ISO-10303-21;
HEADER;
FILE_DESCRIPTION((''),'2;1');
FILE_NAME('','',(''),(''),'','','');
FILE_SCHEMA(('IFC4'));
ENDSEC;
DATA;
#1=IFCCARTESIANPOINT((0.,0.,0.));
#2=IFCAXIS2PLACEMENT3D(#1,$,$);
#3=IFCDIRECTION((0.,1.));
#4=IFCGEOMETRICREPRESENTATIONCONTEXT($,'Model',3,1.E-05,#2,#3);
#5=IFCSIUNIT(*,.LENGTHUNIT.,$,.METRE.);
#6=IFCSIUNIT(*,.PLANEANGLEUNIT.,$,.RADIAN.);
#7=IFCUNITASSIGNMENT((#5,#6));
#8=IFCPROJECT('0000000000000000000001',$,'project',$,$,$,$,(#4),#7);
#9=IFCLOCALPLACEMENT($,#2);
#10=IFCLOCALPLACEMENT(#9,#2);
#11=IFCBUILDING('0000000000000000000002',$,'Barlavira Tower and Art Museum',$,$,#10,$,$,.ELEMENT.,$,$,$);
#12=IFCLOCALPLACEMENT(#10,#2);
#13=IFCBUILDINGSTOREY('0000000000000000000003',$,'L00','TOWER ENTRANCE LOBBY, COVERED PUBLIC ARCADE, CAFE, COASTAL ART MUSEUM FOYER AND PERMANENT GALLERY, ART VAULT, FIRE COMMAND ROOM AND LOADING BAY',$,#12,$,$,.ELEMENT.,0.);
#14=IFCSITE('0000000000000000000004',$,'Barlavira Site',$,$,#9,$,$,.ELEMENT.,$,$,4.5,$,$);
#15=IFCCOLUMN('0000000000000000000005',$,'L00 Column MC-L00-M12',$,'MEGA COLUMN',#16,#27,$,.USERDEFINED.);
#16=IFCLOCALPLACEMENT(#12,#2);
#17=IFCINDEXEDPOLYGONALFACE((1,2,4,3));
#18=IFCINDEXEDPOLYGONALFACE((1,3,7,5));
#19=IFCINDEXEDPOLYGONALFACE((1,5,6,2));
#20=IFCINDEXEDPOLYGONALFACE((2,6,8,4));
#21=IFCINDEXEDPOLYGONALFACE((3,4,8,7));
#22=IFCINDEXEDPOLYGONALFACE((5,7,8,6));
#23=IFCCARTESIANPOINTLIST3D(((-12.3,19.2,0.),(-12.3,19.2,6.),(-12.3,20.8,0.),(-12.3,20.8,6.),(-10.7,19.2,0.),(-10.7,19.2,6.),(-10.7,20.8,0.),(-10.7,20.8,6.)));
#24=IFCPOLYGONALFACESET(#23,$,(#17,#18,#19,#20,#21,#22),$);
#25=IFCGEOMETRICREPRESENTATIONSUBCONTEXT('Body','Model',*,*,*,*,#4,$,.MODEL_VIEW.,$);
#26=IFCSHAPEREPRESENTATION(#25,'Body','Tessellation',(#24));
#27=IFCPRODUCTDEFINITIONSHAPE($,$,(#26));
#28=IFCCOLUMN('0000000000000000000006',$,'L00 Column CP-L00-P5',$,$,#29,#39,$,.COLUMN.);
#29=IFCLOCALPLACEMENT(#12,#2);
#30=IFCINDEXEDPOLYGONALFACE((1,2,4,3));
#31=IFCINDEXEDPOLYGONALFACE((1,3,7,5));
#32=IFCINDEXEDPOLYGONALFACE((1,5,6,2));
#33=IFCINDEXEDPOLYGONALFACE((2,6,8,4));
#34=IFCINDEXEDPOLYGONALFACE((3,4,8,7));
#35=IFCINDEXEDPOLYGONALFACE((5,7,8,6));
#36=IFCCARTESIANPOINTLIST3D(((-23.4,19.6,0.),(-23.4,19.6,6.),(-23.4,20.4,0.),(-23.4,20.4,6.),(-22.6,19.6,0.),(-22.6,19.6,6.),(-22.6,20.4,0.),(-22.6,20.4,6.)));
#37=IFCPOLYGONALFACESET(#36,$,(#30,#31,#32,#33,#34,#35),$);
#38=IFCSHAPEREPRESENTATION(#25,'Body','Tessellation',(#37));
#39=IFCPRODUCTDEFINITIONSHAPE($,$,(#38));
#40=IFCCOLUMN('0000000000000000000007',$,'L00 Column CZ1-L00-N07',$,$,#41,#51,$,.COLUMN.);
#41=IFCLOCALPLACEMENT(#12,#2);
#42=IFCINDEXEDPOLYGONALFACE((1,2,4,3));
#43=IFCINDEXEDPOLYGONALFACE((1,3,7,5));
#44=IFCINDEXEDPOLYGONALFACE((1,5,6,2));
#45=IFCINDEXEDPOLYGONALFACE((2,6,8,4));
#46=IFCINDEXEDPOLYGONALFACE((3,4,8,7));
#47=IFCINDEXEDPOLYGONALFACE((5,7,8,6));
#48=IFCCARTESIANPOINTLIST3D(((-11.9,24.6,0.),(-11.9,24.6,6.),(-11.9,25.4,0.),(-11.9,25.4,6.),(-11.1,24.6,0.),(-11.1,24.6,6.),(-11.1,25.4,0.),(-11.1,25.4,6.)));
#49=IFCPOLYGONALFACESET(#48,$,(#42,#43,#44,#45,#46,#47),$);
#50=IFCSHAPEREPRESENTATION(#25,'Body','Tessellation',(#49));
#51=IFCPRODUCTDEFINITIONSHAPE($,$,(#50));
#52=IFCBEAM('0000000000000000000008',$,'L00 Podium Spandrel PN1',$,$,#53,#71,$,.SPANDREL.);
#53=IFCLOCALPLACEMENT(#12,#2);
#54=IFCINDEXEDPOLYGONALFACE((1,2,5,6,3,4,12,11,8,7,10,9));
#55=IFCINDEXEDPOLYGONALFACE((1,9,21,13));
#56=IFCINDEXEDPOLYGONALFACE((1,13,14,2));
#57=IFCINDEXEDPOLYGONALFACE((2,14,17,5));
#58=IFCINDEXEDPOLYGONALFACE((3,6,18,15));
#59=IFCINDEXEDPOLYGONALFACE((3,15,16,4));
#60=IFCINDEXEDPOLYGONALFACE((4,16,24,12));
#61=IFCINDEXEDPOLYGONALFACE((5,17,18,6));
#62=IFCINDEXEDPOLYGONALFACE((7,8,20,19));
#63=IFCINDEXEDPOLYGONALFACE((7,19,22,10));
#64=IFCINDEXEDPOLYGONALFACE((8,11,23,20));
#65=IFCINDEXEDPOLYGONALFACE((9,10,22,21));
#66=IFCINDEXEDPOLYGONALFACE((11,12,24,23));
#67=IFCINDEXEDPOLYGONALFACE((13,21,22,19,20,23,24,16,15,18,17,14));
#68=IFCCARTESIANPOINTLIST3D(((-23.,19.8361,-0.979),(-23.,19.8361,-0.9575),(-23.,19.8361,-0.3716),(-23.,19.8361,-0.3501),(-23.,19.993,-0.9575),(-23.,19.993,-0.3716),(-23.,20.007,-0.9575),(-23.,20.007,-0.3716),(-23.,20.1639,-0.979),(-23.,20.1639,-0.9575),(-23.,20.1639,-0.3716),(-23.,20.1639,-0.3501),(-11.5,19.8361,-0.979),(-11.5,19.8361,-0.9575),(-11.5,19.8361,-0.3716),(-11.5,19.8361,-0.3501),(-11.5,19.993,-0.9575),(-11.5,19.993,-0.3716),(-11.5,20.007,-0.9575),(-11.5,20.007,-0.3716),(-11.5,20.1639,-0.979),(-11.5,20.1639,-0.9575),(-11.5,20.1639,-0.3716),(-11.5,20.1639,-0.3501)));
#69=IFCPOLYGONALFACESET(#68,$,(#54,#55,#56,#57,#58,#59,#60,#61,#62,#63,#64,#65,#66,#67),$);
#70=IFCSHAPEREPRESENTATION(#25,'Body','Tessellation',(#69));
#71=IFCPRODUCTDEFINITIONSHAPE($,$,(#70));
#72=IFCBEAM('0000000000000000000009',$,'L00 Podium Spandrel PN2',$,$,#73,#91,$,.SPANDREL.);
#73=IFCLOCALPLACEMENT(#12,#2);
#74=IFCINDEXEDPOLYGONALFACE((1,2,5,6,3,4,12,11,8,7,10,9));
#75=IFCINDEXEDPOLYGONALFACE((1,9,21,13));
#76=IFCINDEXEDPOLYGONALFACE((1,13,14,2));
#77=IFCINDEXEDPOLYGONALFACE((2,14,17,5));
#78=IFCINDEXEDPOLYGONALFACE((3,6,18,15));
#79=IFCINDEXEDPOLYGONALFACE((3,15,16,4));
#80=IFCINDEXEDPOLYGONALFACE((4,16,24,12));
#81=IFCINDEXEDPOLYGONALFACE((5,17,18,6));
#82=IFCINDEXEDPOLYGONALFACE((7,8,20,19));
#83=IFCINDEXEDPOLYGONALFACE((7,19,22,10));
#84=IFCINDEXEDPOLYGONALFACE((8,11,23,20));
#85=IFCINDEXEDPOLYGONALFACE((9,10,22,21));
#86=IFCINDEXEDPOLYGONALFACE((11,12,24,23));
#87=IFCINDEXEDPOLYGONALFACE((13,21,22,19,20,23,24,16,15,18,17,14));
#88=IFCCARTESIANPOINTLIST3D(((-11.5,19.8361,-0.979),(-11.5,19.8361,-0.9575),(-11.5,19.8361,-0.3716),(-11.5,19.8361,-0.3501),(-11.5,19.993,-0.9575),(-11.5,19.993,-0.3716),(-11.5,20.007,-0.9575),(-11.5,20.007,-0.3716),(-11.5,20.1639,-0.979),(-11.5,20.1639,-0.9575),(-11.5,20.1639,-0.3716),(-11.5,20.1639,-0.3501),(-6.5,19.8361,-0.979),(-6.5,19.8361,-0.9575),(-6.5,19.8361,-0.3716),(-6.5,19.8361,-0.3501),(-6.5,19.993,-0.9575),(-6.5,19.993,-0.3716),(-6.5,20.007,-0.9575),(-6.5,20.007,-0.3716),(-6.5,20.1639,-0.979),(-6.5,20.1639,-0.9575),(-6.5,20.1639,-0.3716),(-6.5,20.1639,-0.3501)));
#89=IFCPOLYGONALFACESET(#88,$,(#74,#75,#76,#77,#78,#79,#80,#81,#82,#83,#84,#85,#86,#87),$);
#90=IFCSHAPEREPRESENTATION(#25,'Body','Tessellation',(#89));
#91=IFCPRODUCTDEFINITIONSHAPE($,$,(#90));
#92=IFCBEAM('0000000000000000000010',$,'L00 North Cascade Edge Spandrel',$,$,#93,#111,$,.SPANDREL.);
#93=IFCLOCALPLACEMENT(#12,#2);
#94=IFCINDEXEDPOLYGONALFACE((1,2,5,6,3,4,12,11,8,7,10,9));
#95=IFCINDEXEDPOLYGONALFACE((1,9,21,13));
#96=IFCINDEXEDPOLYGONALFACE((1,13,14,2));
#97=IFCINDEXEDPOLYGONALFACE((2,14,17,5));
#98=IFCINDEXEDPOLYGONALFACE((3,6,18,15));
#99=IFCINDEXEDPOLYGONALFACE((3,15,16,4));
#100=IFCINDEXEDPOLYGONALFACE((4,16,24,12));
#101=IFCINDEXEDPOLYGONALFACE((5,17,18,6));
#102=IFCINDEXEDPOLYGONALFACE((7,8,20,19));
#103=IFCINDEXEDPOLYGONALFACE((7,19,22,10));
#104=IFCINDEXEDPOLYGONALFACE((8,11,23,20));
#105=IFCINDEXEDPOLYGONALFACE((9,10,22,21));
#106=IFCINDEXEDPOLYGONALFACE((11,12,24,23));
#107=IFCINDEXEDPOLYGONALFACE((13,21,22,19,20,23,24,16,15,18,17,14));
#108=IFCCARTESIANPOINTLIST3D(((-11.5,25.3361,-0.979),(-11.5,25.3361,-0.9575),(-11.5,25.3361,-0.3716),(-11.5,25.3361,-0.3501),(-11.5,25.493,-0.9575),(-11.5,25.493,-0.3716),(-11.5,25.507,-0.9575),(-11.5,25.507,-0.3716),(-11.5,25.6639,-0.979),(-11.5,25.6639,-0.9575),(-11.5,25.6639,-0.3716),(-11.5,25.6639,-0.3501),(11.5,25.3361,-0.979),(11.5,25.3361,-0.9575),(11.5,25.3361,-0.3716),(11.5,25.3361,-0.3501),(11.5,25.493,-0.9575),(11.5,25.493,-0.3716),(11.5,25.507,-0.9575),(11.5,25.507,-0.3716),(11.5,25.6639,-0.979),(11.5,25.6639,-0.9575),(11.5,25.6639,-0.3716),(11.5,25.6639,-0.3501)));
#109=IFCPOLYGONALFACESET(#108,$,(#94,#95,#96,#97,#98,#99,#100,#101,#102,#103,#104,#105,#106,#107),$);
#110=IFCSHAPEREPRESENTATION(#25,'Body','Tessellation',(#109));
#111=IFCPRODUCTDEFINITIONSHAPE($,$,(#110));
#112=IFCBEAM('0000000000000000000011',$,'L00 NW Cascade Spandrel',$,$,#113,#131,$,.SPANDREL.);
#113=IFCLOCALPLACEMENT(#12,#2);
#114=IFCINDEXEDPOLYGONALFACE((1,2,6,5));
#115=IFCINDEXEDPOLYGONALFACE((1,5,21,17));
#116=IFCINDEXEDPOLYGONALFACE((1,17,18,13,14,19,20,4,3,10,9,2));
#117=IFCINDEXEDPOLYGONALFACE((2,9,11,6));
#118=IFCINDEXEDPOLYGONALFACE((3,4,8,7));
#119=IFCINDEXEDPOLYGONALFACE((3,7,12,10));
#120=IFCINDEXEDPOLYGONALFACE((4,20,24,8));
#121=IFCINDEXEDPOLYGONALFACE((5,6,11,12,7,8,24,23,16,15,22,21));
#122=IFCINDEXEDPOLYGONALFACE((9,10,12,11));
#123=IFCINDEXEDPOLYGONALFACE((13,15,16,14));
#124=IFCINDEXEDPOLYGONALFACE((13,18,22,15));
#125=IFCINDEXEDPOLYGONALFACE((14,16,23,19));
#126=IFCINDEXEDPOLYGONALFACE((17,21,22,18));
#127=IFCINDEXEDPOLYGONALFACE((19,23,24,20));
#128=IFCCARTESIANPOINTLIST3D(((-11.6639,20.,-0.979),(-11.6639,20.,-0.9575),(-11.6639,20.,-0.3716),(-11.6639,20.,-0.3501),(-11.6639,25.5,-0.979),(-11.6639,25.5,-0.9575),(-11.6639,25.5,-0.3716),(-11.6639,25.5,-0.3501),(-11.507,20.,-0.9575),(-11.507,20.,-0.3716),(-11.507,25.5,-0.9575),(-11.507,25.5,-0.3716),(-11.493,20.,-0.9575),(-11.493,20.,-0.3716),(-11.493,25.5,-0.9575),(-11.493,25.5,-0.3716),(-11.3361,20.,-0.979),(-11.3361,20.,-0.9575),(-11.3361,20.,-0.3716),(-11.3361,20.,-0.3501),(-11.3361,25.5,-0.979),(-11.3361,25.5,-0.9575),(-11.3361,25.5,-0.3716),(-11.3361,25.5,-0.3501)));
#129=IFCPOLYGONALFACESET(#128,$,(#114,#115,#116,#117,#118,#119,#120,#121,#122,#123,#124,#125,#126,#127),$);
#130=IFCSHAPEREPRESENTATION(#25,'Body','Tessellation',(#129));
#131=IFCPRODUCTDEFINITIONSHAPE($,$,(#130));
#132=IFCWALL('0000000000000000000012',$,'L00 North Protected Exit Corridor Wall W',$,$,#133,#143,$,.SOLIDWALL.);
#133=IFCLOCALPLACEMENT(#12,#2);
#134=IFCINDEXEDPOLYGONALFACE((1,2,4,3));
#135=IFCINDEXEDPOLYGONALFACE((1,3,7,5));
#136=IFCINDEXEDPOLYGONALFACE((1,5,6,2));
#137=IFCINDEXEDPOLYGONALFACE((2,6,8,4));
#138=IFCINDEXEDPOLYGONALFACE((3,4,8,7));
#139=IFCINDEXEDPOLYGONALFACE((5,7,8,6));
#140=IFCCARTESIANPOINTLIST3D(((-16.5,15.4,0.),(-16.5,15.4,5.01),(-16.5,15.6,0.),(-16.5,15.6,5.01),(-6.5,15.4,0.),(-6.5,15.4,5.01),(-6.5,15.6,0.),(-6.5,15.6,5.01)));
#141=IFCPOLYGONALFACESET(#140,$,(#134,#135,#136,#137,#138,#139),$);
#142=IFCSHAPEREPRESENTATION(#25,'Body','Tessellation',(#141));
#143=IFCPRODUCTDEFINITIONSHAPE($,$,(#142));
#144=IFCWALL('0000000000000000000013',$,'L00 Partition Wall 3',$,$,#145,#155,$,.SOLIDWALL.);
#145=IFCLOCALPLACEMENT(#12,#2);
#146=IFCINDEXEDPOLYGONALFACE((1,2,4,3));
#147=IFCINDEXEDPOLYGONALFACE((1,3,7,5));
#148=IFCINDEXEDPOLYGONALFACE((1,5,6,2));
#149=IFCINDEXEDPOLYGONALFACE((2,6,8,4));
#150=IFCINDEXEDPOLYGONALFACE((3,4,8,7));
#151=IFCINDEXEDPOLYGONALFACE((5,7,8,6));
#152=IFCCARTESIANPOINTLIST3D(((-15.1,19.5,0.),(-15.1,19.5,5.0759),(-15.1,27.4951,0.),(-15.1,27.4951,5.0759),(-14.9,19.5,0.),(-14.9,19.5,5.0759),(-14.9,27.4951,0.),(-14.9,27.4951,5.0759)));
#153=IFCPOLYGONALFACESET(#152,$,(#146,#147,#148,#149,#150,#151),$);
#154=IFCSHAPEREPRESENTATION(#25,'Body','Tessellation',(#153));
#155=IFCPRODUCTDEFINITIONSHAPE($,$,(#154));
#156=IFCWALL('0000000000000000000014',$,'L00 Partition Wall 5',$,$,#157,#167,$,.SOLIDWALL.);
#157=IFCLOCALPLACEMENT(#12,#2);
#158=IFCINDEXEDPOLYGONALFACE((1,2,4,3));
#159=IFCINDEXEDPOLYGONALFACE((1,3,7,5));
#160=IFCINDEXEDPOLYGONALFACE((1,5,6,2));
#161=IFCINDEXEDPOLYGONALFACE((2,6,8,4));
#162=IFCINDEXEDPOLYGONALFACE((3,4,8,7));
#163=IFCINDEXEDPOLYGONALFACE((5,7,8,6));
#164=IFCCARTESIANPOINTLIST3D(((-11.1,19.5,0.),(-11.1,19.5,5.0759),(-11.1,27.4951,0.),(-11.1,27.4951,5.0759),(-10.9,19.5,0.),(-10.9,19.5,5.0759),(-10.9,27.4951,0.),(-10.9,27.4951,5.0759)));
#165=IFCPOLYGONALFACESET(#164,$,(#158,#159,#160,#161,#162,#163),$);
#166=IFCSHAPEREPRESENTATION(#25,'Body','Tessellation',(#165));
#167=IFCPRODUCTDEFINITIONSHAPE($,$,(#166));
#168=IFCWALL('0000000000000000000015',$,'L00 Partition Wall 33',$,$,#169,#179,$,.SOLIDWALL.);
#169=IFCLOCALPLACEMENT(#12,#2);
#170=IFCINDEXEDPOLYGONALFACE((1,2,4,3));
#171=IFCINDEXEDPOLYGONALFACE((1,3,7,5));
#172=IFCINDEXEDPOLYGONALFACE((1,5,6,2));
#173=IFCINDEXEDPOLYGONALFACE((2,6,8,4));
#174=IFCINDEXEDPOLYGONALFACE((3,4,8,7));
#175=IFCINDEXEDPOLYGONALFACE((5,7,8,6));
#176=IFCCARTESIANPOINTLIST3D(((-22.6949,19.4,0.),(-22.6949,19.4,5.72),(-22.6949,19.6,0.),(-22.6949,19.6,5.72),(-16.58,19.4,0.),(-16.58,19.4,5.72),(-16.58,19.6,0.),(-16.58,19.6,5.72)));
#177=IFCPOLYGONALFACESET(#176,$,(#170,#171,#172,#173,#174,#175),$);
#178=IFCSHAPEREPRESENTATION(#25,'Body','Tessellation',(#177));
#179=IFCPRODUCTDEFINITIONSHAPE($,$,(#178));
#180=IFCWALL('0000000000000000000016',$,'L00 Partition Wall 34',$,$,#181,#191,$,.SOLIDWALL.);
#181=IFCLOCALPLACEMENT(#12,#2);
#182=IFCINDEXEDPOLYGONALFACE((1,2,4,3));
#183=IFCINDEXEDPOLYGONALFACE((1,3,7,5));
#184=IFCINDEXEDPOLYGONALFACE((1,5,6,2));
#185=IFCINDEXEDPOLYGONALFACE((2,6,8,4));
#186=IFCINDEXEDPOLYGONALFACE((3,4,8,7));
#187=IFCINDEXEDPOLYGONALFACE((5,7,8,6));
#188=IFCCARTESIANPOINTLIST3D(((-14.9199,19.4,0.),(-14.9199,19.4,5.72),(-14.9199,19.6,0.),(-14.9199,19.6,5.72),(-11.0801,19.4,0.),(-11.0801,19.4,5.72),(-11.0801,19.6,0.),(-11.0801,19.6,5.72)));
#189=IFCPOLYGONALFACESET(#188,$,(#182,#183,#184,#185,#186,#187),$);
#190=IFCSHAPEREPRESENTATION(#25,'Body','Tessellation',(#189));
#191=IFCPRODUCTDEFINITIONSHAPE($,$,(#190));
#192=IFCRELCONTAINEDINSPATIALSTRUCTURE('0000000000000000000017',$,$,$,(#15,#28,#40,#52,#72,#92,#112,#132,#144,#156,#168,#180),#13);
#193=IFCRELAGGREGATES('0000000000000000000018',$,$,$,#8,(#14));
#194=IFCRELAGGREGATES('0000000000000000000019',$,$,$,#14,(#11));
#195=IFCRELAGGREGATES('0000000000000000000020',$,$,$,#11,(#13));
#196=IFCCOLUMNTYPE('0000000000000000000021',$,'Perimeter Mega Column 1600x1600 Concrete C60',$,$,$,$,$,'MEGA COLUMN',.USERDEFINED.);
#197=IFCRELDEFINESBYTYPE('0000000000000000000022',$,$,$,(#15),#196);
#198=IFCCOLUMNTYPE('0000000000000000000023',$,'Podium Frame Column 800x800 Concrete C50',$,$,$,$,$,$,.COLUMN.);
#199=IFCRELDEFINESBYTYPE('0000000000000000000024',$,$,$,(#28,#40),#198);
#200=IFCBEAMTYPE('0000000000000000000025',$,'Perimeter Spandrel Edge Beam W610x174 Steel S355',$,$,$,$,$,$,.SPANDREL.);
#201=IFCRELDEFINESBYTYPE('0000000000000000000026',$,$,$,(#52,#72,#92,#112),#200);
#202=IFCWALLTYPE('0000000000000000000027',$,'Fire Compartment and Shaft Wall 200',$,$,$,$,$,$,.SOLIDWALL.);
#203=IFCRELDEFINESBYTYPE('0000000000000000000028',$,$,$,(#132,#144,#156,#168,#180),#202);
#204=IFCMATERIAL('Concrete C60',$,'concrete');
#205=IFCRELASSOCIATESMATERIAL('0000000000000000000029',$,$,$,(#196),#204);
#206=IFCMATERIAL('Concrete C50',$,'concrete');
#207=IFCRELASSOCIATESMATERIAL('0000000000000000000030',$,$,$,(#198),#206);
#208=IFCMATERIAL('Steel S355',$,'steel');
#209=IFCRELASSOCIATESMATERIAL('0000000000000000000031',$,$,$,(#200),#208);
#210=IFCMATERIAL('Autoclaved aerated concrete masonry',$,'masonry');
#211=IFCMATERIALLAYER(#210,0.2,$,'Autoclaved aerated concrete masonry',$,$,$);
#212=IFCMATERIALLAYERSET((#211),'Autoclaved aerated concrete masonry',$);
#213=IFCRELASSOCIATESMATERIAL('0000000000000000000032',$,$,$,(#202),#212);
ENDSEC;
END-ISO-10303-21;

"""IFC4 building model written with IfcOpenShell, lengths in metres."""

from ifc_helpers import new_model, si_unit, direction, frame, frame_2d, origin, origin_2d, place, context, subcontext, project, spatial, rectangle, i_section, extrude, material, layer, layer_set, material_profile, profile_set, type_object, element, save


model = new_model("IFC4")

# Units and contexts
model_context = context("Model", 3, precision=1e-05, world=origin(), true_north=direction((0.0, 1.0)))
body_context = subcontext(model_context, "Body", "Model", "MODEL_VIEW")
ifc_project = project(units=[si_unit("LENGTHUNIT", "METRE"), si_unit("PLANEANGLEUNIT", "RADIAN")], contexts=[model_context])

# Site, building, storey
site_placement = place(None, origin())
site = spatial("IfcSite", under=ifc_project, at=site_placement, Name="Barlavira Site", CompositionType="ELEMENT", RefElevation=4.5)
building_placement = place(site_placement, origin())
building = spatial("IfcBuilding", under=site, at=building_placement, Name="Barlavira Tower and Art Museum", CompositionType="ELEMENT")
storey_placement = place(building_placement, origin())
storey = spatial("IfcBuildingStorey", under=building, at=storey_placement, Name="L00", Description="TOWER ENTRANCE LOBBY, COVERED PUBLIC ARCADE, CAFE, COASTAL ART MUSEUM FOYER AND PERMANENT GALLERY, ART VAULT, FIRE COMMAND ROOM AND LOADING BAY", CompositionType="ELEMENT", Elevation=0.0)

# Columns
ifc_material_1 = material(Name="Concrete C60", Category="concrete")
ifc_material_profile_1 = material_profile(ifc_material_1, rectangle(XDim=1.6001, YDim=1.6001, at=origin_2d()), Name="RC-MCOL 1600x1600")
ifc_profile_set_1 = profile_set([ifc_material_profile_1], Name="Concrete C60")
column_type_1 = type_object("IfcColumnType", Name="Perimeter Mega Column 1600x1600 Concrete C60", ElementType="MEGA COLUMN", PredefinedType="USERDEFINED", material=ifc_profile_set_1)
column_placement = place(storey_placement, frame((-11.5, 20.0, 0.0), z_axis=(0.0, 0.0, 1.0), x_axis=(1.0, 0.0, 0.0)))
element("IfcColumn", 1, at=column_placement, inside=storey, type_object=column_type_1, Name="L00 Column MC-L00-M12", ObjectType="MEGA COLUMN", PredefinedType="USERDEFINED", context=body_context, shape_type="SweptSolid", body=[
    extrude(rectangle(XDim=1.6001, YDim=1.6001, at=origin_2d()), origin(), (0.0, 0.0, 1.0), 6.0),
])
ifc_material_2 = material(Name="Concrete C50", Category="concrete")
ifc_material_profile_2 = material_profile(ifc_material_2, rectangle(XDim=0.8, YDim=0.8, at=origin_2d()), Name="RC-COL 800x800")
ifc_profile_set_2 = profile_set([ifc_material_profile_2], Name="Concrete C50")
column_type_2 = type_object("IfcColumnType", Name="Podium Frame Column 800x800 Concrete C50", PredefinedType="COLUMN", material=ifc_profile_set_2)
for number, where, z_axis, x_axis, name in (
    (2, (-23.0, 20.0, 0.0), (0.0, 0.0, 1.0), (1.0, 0.0, 0.0), "L00 Column CP-L00-P5"),
    (3, (-11.5, 25.0, 0.0), (0.0, 0.0, 1.0), (1.0, 0.0, 0.0), "L00 Column CZ1-L00-N07"),
):
    element("IfcColumn", number, at=place(storey_placement, frame(where, z_axis=z_axis, x_axis=x_axis)), inside=storey, type_object=column_type_2, Name=name, PredefinedType="COLUMN", context=body_context, shape_type="SweptSolid", body=[
        extrude(rectangle(XDim=0.8, YDim=0.8, at=origin_2d()), origin(), (0.0, 0.0, 1.0), 6.0),
    ])

# Beams
ifc_material_3 = material(Name="Steel S355", Category="steel")
ifc_material_profile_3 = material_profile(ifc_material_3, i_section(OverallWidth=0.3279, OverallDepth=0.6289, WebThickness=0.0139, FlangeThickness=0.0215, at=origin_2d()), Name="W610x174.0")
ifc_profile_set_3 = profile_set([ifc_material_profile_3], Name="Steel S355")
beam_type = type_object("IfcBeamType", Name="Perimeter Spandrel Edge Beam W610x174 Steel S355", PredefinedType="SPANDREL", material=ifc_profile_set_3)
beam_1_placement = place(storey_placement, frame((-23.0, 20.0, -0.6646), z_axis=(1.0, 0.0, 0.0), x_axis=(0.0, 1.0, 0.0)))
element("IfcBeam", 4, at=beam_1_placement, inside=storey, type_object=beam_type, Name="L00 Podium Spandrel PN1", PredefinedType="SPANDREL", context=body_context, shape_type="SweptSolid", body=[
    extrude(i_section(OverallWidth=0.3279, OverallDepth=0.6289, WebThickness=0.0139, FlangeThickness=0.0215, at=origin_2d()), origin(), (0.0, 0.0, 1.0), 11.5),
])
beam_2_placement = place(storey_placement, frame((-11.5, 20.0, -0.6646), z_axis=(1.0, 0.0, 0.0), x_axis=(0.0, 1.0, 0.0)))
element("IfcBeam", 5, at=beam_2_placement, inside=storey, type_object=beam_type, Name="L00 Podium Spandrel PN2", PredefinedType="SPANDREL", context=body_context, shape_type="SweptSolid", body=[
    extrude(i_section(OverallWidth=0.3279, OverallDepth=0.6289, WebThickness=0.0139, FlangeThickness=0.0215, at=origin_2d()), origin(), (0.0, 0.0, 1.0), 5.0),
])
beam_3_placement = place(storey_placement, frame((-11.5, 25.5, -0.6646), z_axis=(1.0, 0.0, 0.0), x_axis=(0.0, 1.0, 0.0)))
element("IfcBeam", 6, at=beam_3_placement, inside=storey, type_object=beam_type, Name="L00 North Cascade Edge Spandrel", PredefinedType="SPANDREL", context=body_context, shape_type="SweptSolid", body=[
    extrude(i_section(OverallWidth=0.3279, OverallDepth=0.6289, WebThickness=0.0139, FlangeThickness=0.0215, at=origin_2d()), origin(), (0.0, 0.0, 1.0), 23.0),
])
beam_4_placement = place(storey_placement, frame((-11.5, 20.0, -0.6646), z_axis=(0.0, 1.0, 0.0), x_axis=(-1.0, 0.0, 0.0)))
element("IfcBeam", 7, at=beam_4_placement, inside=storey, type_object=beam_type, Name="L00 NW Cascade Spandrel", PredefinedType="SPANDREL", context=body_context, shape_type="SweptSolid", body=[
    extrude(i_section(OverallWidth=0.3279, OverallDepth=0.6289, WebThickness=0.0139, FlangeThickness=0.0215, at=origin_2d()), origin(), (0.0, 0.0, 1.0), 5.5),
])

# Walls
ifc_material_4 = material(Name="Autoclaved aerated concrete masonry", Category="masonry")
ifc_layer_1 = layer(ifc_material_4, 0.2, Name="Autoclaved aerated concrete masonry")
ifc_layer_set_1 = layer_set([ifc_layer_1], Name="Autoclaved aerated concrete masonry")
wall_type_1 = type_object("IfcWallType", Name="Fire Compartment and Shaft Wall 200", PredefinedType="SOLIDWALL", material=ifc_layer_set_1)
wall_1_placement = place(storey_placement, frame((-16.5, 15.5, 0.0), z_axis=(0.0, 0.0, 1.0), x_axis=(1.0, 0.0, 0.0)))
element("IfcWall", 8, at=wall_1_placement, inside=storey, type_object=wall_type_1, Name="L00 North Protected Exit Corridor Wall W", PredefinedType="SOLIDWALL", context=body_context, shape_type="SweptSolid", body=[
    extrude(rectangle(XDim=10.0, YDim=0.2, at=frame_2d((5.0, 0.0))), origin(), (0.0, 0.0, 1.0), 5.01),
])
for number, where, z_axis, x_axis, name in (
    (9, (-15.0, 19.5, 0.0), (0.0, 0.0, 1.0), (0.0, 1.0, 0.0), "L00 Partition Wall 3"),
    (10, (-11.0, 19.5, 0.0), (0.0, 0.0, 1.0), (0.0, 1.0, 0.0), "L00 Partition Wall 5"),
):
    element("IfcWall", number, at=place(storey_placement, frame(where, z_axis=z_axis, x_axis=x_axis)), inside=storey, type_object=wall_type_1, Name=name, PredefinedType="SOLIDWALL", context=body_context, shape_type="SweptSolid", body=[
        extrude(rectangle(XDim=7.9951, YDim=0.2, at=frame_2d((3.9976, 0.0))), origin(), (0.0, 0.0, 1.0), 5.0759),
    ])
wall_2_placement = place(storey_placement, frame((-22.6951, 19.5, 0.0), z_axis=(0.0, 0.0, 1.0), x_axis=(1.0, 0.0, 0.0)))
element("IfcWall", 11, at=wall_2_placement, inside=storey, type_object=wall_type_1, Name="L00 Partition Wall 33", PredefinedType="SOLIDWALL", context=body_context, shape_type="SweptSolid", body=[
    extrude(rectangle(XDim=6.115, YDim=0.2, at=frame_2d((3.0576, 0.0))), origin(), (0.0, 0.0, 1.0), 5.72),
])
wall_3_placement = place(storey_placement, frame((-14.9199, 19.5, 0.0), z_axis=(0.0, 0.0, 1.0), x_axis=(1.0, 0.0, 0.0)))
element("IfcWall", 12, at=wall_3_placement, inside=storey, type_object=wall_type_1, Name="L00 Partition Wall 34", PredefinedType="SOLIDWALL", context=body_context, shape_type="SweptSolid", body=[
    extrude(rectangle(XDim=3.8398, YDim=0.2, at=frame_2d((1.9199, 0.0))), origin(), (0.0, 0.0, 1.0), 5.72),
])

save(model, "model.ifc")
